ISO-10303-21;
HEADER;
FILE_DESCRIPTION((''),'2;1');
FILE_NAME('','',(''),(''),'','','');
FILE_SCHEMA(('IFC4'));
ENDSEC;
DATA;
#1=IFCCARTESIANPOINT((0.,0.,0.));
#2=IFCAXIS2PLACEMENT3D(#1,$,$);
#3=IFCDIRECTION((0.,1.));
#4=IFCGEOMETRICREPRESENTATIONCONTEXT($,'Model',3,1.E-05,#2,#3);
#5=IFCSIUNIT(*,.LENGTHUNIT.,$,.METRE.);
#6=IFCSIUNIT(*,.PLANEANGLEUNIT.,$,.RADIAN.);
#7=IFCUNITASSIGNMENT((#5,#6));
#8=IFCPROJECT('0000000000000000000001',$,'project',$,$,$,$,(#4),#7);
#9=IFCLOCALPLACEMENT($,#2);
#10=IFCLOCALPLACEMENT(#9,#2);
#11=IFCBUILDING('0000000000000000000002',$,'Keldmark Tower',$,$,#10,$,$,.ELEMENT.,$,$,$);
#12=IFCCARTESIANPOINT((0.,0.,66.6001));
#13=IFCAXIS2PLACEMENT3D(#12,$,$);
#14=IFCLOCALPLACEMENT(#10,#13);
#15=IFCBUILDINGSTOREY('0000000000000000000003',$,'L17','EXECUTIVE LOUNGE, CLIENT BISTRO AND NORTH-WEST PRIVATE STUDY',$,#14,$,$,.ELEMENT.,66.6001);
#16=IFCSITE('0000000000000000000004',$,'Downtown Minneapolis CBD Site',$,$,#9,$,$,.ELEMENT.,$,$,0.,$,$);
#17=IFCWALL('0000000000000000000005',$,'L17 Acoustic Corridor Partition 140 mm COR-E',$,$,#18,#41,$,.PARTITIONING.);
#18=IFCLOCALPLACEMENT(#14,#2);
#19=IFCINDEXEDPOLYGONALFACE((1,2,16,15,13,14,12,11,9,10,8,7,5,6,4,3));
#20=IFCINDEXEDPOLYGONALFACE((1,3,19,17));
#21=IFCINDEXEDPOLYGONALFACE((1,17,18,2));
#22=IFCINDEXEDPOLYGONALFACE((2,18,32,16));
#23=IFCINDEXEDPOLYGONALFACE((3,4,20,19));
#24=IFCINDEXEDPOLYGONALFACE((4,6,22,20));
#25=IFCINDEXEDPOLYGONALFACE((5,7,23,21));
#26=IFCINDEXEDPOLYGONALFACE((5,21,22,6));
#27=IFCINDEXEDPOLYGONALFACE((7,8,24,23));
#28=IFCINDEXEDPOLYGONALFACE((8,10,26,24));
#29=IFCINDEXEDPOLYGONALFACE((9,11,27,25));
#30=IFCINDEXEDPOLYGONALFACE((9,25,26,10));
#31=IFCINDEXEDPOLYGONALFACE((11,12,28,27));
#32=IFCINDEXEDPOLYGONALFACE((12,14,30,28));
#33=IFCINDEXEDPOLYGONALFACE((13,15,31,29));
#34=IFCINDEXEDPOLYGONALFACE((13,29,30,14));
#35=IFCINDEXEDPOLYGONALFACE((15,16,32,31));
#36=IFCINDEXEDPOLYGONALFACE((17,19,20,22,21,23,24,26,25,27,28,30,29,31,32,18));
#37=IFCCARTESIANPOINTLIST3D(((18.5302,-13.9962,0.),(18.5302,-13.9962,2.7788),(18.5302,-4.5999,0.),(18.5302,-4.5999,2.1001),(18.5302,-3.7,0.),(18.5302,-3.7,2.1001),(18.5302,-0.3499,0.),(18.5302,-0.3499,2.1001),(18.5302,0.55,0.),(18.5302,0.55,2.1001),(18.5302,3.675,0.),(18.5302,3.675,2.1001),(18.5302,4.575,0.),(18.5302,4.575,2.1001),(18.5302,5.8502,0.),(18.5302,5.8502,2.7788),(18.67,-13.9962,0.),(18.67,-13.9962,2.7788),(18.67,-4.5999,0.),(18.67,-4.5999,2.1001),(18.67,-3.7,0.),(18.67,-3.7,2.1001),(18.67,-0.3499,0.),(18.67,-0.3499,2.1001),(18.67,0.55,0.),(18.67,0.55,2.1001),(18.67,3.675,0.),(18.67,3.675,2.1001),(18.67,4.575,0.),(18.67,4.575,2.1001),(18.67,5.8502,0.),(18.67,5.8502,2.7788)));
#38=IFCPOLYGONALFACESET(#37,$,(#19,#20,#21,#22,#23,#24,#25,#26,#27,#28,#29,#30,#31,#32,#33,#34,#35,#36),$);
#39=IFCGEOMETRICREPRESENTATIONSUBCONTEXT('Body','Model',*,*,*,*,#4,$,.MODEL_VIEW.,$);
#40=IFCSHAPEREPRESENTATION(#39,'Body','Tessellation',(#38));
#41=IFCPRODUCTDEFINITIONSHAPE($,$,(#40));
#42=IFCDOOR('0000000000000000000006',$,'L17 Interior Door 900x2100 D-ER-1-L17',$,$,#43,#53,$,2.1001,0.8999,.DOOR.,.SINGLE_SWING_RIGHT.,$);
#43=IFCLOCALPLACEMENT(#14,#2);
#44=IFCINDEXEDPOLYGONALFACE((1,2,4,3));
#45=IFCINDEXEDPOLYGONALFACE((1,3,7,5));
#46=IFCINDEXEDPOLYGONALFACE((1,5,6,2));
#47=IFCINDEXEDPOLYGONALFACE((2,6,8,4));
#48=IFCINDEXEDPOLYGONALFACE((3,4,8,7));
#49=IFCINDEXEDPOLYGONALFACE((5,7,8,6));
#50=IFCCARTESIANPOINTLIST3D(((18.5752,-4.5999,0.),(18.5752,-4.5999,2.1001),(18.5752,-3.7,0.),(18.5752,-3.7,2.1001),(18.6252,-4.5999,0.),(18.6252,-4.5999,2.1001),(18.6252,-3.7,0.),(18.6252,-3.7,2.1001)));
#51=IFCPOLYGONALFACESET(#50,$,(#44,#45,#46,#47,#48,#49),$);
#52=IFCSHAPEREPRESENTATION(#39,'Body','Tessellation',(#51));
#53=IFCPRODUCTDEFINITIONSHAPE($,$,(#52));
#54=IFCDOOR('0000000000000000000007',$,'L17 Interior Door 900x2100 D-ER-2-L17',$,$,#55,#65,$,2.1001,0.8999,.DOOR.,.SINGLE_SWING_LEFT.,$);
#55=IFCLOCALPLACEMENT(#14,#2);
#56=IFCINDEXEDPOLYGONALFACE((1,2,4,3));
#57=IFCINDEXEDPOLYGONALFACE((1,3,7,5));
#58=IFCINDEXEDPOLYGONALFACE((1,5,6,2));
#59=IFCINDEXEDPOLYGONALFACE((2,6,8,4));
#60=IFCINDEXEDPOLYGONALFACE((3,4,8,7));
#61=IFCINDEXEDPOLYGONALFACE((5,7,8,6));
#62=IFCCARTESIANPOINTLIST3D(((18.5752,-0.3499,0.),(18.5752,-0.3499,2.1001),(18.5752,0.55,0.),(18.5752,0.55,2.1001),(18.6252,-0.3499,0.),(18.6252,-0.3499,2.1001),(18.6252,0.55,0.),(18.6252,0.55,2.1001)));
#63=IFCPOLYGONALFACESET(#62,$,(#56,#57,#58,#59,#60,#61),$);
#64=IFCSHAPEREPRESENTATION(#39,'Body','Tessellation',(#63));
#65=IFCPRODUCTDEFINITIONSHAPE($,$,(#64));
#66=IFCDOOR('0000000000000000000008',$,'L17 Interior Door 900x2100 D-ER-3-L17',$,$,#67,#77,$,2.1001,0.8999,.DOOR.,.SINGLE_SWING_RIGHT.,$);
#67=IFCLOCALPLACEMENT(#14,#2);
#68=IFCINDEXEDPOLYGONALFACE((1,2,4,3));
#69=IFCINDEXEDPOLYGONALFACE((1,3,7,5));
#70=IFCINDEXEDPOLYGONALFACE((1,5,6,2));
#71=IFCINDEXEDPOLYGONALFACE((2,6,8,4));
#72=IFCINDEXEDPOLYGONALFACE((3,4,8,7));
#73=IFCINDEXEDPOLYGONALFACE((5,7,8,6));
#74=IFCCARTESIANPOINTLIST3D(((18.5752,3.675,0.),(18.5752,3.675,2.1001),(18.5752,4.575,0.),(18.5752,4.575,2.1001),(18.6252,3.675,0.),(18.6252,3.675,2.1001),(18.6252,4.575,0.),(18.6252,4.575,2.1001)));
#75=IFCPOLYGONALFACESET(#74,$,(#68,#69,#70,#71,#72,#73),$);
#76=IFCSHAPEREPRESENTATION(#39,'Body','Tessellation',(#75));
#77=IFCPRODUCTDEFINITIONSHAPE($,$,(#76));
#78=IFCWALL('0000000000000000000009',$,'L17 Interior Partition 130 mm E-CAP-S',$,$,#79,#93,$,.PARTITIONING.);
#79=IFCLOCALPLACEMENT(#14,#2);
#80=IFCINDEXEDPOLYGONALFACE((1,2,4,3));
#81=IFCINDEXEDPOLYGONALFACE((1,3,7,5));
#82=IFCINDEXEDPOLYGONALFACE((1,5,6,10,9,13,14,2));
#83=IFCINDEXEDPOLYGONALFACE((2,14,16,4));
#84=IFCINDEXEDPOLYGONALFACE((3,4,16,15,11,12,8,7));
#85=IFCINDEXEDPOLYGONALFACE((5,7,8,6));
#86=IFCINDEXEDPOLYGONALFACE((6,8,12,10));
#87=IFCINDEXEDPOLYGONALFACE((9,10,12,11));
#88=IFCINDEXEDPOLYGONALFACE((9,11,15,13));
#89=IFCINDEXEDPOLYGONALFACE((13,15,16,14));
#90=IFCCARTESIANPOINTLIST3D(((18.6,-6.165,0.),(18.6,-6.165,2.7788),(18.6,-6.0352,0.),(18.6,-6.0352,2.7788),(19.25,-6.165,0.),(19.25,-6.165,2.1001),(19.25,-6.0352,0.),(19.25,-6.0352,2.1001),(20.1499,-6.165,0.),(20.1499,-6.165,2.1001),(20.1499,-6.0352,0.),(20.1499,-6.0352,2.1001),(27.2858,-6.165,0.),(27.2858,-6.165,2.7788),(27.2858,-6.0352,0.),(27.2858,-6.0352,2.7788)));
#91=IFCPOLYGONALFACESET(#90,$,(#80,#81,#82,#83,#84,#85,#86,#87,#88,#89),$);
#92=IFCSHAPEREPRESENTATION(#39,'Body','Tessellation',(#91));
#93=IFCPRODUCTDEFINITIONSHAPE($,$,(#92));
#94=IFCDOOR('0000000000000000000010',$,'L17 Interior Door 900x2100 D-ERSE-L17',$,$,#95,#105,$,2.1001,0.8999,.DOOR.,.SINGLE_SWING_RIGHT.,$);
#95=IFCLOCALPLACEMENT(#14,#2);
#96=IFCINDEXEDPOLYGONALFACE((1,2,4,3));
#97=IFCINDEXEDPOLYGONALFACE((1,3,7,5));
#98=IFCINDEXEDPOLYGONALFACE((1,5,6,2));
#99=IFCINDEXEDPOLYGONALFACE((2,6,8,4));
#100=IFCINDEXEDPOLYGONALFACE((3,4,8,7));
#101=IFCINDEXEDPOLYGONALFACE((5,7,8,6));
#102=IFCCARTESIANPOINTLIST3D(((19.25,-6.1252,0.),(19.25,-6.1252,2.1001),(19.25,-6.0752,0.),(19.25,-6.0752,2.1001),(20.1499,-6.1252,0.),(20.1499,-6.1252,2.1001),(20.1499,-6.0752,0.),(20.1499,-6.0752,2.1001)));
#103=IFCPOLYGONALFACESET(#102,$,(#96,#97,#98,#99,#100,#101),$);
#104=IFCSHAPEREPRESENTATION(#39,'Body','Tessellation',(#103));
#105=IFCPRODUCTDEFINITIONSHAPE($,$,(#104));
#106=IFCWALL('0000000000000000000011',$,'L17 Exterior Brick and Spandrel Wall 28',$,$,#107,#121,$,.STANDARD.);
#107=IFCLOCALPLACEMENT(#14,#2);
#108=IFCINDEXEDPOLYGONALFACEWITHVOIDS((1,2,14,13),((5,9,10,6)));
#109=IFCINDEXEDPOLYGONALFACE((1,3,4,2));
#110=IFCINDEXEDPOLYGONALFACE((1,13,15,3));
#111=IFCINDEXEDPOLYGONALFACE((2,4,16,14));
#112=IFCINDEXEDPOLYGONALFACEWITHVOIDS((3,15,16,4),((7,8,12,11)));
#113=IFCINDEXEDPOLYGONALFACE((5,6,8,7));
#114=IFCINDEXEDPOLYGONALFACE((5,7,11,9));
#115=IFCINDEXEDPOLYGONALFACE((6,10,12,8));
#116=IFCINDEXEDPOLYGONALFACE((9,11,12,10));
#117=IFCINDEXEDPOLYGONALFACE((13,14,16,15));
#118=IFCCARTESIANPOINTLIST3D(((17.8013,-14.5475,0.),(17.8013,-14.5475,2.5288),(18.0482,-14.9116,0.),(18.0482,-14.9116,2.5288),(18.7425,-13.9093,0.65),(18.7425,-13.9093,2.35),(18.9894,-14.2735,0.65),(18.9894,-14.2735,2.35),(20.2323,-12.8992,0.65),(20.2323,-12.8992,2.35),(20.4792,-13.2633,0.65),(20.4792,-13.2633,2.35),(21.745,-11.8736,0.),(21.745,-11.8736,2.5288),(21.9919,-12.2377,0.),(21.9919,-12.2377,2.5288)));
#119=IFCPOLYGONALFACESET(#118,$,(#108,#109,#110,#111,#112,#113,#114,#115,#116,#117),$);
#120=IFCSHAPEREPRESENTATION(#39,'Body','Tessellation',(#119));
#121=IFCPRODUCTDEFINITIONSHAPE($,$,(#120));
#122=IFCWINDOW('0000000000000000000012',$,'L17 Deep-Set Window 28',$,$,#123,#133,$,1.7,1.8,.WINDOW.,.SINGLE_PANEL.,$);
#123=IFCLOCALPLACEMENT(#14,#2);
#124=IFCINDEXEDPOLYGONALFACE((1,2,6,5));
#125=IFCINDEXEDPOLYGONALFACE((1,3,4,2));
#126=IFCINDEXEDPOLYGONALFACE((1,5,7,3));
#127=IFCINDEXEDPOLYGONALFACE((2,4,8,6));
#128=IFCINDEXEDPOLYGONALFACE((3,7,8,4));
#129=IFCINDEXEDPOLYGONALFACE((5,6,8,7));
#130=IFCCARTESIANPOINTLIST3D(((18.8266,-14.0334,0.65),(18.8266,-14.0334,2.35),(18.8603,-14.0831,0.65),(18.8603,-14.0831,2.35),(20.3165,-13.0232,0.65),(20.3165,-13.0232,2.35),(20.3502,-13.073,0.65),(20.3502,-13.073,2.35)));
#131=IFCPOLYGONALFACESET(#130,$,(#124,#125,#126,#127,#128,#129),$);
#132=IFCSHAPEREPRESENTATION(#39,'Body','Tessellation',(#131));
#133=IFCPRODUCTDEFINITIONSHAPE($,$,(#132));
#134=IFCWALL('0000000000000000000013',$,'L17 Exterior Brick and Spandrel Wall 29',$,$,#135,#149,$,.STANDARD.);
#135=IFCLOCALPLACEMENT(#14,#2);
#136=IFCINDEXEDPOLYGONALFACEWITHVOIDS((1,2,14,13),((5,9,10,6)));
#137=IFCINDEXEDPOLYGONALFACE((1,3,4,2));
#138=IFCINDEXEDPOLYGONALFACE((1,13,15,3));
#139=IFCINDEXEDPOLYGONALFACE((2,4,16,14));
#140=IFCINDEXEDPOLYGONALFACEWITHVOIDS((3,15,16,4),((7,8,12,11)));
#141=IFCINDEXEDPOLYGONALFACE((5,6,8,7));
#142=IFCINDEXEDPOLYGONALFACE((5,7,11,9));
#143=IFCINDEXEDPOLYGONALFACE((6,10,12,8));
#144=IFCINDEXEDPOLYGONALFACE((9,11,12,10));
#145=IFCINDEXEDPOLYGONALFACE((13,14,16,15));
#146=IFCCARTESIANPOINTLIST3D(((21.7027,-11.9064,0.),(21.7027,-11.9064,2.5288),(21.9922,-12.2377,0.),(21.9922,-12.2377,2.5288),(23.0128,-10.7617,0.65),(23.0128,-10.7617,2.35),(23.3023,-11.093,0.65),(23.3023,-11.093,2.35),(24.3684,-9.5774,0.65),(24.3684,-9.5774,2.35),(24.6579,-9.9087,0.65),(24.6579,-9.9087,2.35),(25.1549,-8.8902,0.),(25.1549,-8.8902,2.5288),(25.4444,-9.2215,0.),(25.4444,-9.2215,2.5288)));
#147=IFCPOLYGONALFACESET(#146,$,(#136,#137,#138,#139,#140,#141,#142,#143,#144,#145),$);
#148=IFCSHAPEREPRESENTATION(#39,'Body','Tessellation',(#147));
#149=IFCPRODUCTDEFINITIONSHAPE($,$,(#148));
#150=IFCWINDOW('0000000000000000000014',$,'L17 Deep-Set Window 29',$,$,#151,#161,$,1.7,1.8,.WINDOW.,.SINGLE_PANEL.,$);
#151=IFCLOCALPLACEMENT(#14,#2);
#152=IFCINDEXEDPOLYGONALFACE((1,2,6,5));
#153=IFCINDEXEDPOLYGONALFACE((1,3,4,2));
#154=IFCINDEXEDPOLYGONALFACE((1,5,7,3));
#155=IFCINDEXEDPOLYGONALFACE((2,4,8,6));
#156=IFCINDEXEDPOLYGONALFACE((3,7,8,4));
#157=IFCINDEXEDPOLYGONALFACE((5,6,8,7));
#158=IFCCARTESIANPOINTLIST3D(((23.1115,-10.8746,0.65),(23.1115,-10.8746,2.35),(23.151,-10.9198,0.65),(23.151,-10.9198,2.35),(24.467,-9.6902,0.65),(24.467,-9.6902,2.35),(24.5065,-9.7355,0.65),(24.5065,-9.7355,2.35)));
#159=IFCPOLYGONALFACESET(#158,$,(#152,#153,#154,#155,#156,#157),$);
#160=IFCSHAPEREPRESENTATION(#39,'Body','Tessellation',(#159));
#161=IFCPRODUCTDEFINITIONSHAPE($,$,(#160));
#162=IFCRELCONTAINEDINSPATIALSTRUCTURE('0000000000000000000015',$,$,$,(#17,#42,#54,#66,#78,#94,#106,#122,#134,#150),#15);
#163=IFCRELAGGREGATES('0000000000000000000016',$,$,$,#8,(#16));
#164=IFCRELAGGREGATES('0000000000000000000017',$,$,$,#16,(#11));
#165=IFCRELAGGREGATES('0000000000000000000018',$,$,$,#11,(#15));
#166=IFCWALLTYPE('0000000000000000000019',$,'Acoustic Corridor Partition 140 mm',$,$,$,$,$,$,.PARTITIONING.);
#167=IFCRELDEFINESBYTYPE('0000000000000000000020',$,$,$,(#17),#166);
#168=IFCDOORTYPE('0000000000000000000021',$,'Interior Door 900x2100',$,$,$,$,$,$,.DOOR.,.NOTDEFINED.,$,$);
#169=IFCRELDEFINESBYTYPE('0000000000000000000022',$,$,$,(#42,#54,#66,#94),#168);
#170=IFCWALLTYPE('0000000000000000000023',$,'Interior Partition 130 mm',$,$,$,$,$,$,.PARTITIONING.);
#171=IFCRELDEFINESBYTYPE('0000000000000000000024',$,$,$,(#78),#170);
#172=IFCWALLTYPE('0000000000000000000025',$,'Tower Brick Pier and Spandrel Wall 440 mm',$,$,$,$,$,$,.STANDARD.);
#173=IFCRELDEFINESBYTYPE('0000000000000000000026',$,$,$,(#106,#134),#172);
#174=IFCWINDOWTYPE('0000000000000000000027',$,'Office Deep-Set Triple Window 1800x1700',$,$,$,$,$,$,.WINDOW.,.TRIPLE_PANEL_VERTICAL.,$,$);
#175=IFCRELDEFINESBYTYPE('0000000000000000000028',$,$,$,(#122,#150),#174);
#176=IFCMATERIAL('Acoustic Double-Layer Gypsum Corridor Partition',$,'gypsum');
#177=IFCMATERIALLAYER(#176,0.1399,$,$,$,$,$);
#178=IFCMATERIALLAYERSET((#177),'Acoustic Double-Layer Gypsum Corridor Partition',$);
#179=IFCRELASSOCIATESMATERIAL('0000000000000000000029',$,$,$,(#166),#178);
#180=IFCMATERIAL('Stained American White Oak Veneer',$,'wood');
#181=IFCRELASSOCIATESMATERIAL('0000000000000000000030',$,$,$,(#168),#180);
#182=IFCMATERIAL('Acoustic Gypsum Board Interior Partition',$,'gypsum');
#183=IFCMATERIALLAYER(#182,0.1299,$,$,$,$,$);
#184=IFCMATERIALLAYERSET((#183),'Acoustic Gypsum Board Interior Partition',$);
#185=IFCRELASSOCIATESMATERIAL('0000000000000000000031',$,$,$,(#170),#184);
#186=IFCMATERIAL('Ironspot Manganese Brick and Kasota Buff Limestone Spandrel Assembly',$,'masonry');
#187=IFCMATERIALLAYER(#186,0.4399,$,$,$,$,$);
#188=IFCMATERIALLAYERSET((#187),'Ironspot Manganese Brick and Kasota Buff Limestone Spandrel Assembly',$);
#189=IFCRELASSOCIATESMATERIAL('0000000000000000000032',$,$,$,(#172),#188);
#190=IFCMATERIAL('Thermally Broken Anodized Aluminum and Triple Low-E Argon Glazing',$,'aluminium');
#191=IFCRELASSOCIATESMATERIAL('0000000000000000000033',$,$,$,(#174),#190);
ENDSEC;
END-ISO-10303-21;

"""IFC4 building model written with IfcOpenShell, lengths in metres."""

from ifc_helpers import new_model, si_unit, direction, frame, frame_2d, origin, place, context, subcontext, project, spatial, rectangle, extrude, material, layer, layer_set, type_object, element, fill, save


model = new_model("IFC4")

# Units and contexts
model_context = context("Model", 3, precision=1e-05, world=origin(), true_north=direction((0.0, 1.0)))
body_context = subcontext(model_context, "Body", "Model", "MODEL_VIEW")
ifc_project = project(units=[si_unit("LENGTHUNIT", "METRE"), si_unit("PLANEANGLEUNIT", "RADIAN")], contexts=[model_context])

# Site, building, storey
site_placement = place(None, origin())
site = spatial("IfcSite", under=ifc_project, at=site_placement, Name="Downtown Minneapolis CBD Site", CompositionType="ELEMENT", RefElevation=0.0)
building_placement = place(site_placement, origin())
building = spatial("IfcBuilding", under=site, at=building_placement, Name="Keldmark Tower", CompositionType="ELEMENT")
storey_placement = place(building_placement, frame((0.0, 0.0, 66.6001)))
storey = spatial("IfcBuildingStorey", under=building, at=storey_placement, Name="L17", Description="EXECUTIVE LOUNGE, CLIENT BISTRO AND NORTH-WEST PRIVATE STUDY", CompositionType="ELEMENT", Elevation=66.6001)

# Wall, openings, doors
ifc_material_1 = material(Name="Acoustic Double-Layer Gypsum Corridor Partition", Category="gypsum")
ifc_layer_1 = layer(ifc_material_1, 0.1399)
ifc_layer_set_1 = layer_set([ifc_layer_1], Name="Acoustic Double-Layer Gypsum Corridor Partition")
wall_type_1 = type_object("IfcWallType", Name="Acoustic Corridor Partition 140 mm", PredefinedType="PARTITIONING", material=ifc_layer_set_1)
wall_1_placement = place(storey_placement, frame((18.6001, -13.9963, 0.0), z_axis=(0.0, 0.0, 1.0), x_axis=(0.0, 1.0, 0.0)))
wall_1 = element("IfcWall", 1, at=wall_1_placement, inside=storey, type_object=wall_type_1, Name="L17 Acoustic Corridor Partition 140 mm COR-E", PredefinedType="PARTITIONING", context=body_context, shape_type="SweptSolid", body=[
    extrude(rectangle(XDim=19.8464, YDim=0.1399, at=frame_2d((9.9233, 0.0))), origin(), (0.0, 0.0, 1.0), 2.7788),
])
opening_1_placement = place(wall_1_placement, frame((9.3965, 0.0, 0.0)))
opening_1 = element("IfcOpeningElement", 2, at=opening_1_placement, cuts=wall_1, PredefinedType="OPENING", context=body_context, shape_type="SweptSolid", body=[
    extrude(rectangle(XDim=0.8999, YDim=2.1001, at=frame_2d((0.45, 1.05))), frame((0.0, 0.0798, 0.0), z_axis=(0.0, -1.0, 0.0), x_axis=(1.0, 0.0, 0.0)), (0.0, 0.0, 1.0), 0.1599),
])
opening_2_placement = place(wall_1_placement, frame((13.6465, 0.0, 0.0)))
opening_2 = element("IfcOpeningElement", 3, at=opening_2_placement, cuts=wall_1, PredefinedType="OPENING", context=body_context, shape_type="SweptSolid", body=[
    extrude(rectangle(XDim=0.8999, YDim=2.1001, at=frame_2d((0.45, 1.05))), frame((0.0, 0.0798, 0.0), z_axis=(0.0, -1.0, 0.0), x_axis=(1.0, 0.0, 0.0)), (0.0, 0.0, 1.0), 0.1599),
])
opening_3_placement = place(wall_1_placement, frame((17.6714, 0.0, 0.0)))
opening_3 = element("IfcOpeningElement", 4, at=opening_3_placement, cuts=wall_1, PredefinedType="OPENING", context=body_context, shape_type="SweptSolid", body=[
    extrude(rectangle(XDim=0.8999, YDim=2.1001, at=frame_2d((0.45, 1.05))), frame((0.0, 0.0798, 0.0), z_axis=(0.0, -1.0, 0.0), x_axis=(1.0, 0.0, 0.0)), (0.0, 0.0, 1.0), 0.1599),
])
ifc_material_2 = material(Name="Stained American White Oak Veneer", Category="wood")
door_type = type_object("IfcDoorType", Name="Interior Door 900x2100", OperationType="NOTDEFINED", PredefinedType="DOOR", material=ifc_material_2)
door_1_placement = place(opening_1_placement, origin())
door_1 = element("IfcDoor", 5, at=door_1_placement, inside=storey, type_object=door_type, Name="L17 Interior Door 900x2100 D-ER-1-L17", OperationType="SINGLE_SWING_RIGHT", OverallHeight=2.1001, OverallWidth=0.8999, PredefinedType="DOOR", context=body_context, shape_type="SweptSolid", body=[
    extrude(rectangle(XDim=0.8999, YDim=2.1001, at=frame_2d((0.45, 1.05))), frame((0.0, 0.0249, 0.0), z_axis=(0.0, -1.0, 0.0), x_axis=(1.0, 0.0, 0.0)), (0.0, 0.0, 1.0), 0.05),
])
fill(opening_1, door_1)
door_2_placement = place(opening_2_placement, origin())
door_2 = element("IfcDoor", 6, at=door_2_placement, inside=storey, type_object=door_type, Name="L17 Interior Door 900x2100 D-ER-2-L17", OperationType="SINGLE_SWING_LEFT", OverallHeight=2.1001, OverallWidth=0.8999, PredefinedType="DOOR", context=body_context, shape_type="SweptSolid", body=[
    extrude(rectangle(XDim=0.8999, YDim=2.1001, at=frame_2d((0.45, 1.05))), frame((0.0, 0.0249, 0.0), z_axis=(0.0, -1.0, 0.0), x_axis=(1.0, 0.0, 0.0)), (0.0, 0.0, 1.0), 0.05),
])
fill(opening_2, door_2)
door_3_placement = place(opening_3_placement, origin())
door_3 = element("IfcDoor", 7, at=door_3_placement, inside=storey, type_object=door_type, Name="L17 Interior Door 900x2100 D-ER-3-L17", OperationType="SINGLE_SWING_RIGHT", OverallHeight=2.1001, OverallWidth=0.8999, PredefinedType="DOOR", context=body_context, shape_type="SweptSolid", body=[
    extrude(rectangle(XDim=0.8999, YDim=2.1001, at=frame_2d((0.45, 1.05))), frame((0.0, 0.0249, 0.0), z_axis=(0.0, -1.0, 0.0), x_axis=(1.0, 0.0, 0.0)), (0.0, 0.0, 1.0), 0.05),
])
fill(opening_3, door_3)

# Wall, opening, door
ifc_material_3 = material(Name="Acoustic Gypsum Board Interior Partition", Category="gypsum")
ifc_layer_2 = layer(ifc_material_3, 0.1299)
ifc_layer_set_2 = layer_set([ifc_layer_2], Name="Acoustic Gypsum Board Interior Partition")
wall_type_2 = type_object("IfcWallType", Name="Interior Partition 130 mm", PredefinedType="PARTITIONING", material=ifc_layer_set_2)
wall_2_placement = place(storey_placement, frame((18.6001, -6.1001, 0.0), z_axis=(0.0, 0.0, 1.0), x_axis=(1.0, 0.0, 0.0)))
wall_2 = element("IfcWall", 8, at=wall_2_placement, inside=storey, type_object=wall_type_2, Name="L17 Interior Partition 130 mm E-CAP-S", PredefinedType="PARTITIONING", context=body_context, shape_type="SweptSolid", body=[
    extrude(rectangle(XDim=8.6858, YDim=0.1299, at=frame_2d((4.3428, 0.0))), origin(), (0.0, 0.0, 1.0), 2.7788),
])
opening_4_placement = place(wall_2_placement, frame((0.6499, 0.0, 0.0)))
opening_4 = element("IfcOpeningElement", 9, at=opening_4_placement, cuts=wall_2, PredefinedType="OPENING", context=body_context, shape_type="SweptSolid", body=[
    extrude(rectangle(XDim=0.8999, YDim=2.1001, at=frame_2d((0.45, 1.05))), frame((0.0, 0.075, 0.0), z_axis=(0.0, -1.0, 0.0), x_axis=(1.0, 0.0, 0.0)), (0.0, 0.0, 1.0), 0.1499),
])
door_4_placement = place(opening_4_placement, origin())
door_4 = element("IfcDoor", 10, at=door_4_placement, inside=storey, type_object=door_type, Name="L17 Interior Door 900x2100 D-ERSE-L17", OperationType="SINGLE_SWING_RIGHT", OverallHeight=2.1001, OverallWidth=0.8999, PredefinedType="DOOR", context=body_context, shape_type="SweptSolid", body=[
    extrude(rectangle(XDim=0.8999, YDim=2.1001, at=frame_2d((0.45, 1.05))), frame((0.0, 0.0249, 0.0), z_axis=(0.0, -1.0, 0.0), x_axis=(1.0, 0.0, 0.0)), (0.0, 0.0, 1.0), 0.05),
])
fill(opening_4, door_4)

# Walls, openings, windows
ifc_material_4 = material(Name="Ironspot Manganese Brick and Kasota Buff Limestone Spandrel Assembly", Category="masonry")
ifc_layer_3 = layer(ifc_material_4, 0.4399)
ifc_layer_set_3 = layer_set([ifc_layer_3], Name="Ironspot Manganese Brick and Kasota Buff Limestone Spandrel Assembly")
wall_type_3 = type_object("IfcWallType", Name="Tower Brick Pier and Spandrel Wall 440 mm", PredefinedType="STANDARD", material=ifc_layer_set_3)
wall_3_placement = place(storey_placement, frame((21.8684, -12.0557, 0.0), z_axis=(0.0, 0.0, 1.0), x_axis=(-0.827689, -0.561187, 0.0)))
wall_3 = element("IfcWall", 11, at=wall_3_placement, inside=storey, type_object=wall_type_3, Name="L17 Exterior Brick and Spandrel Wall 28", PredefinedType="STANDARD", context=body_context, shape_type="SweptSolid", body=[
    extrude(rectangle(XDim=4.7646, YDim=0.4399, at=frame_2d((2.3823, 0.0))), origin(), (0.0, 0.0, 1.0), 2.5288),
])
opening_5_placement = place(wall_3_placement, frame((1.8276, 0.0, 0.6499)))
opening_5 = element("IfcOpeningElement", 12, at=opening_5_placement, cuts=wall_3, PredefinedType="OPENING", context=body_context, shape_type="SweptSolid", body=[
    extrude(rectangle(XDim=1.8, YDim=1.7, at=frame_2d((0.8999, 0.8501))), frame((0.0, 0.23, 0.0), z_axis=(0.0, -1.0, 0.0), x_axis=(1.0, 0.0, 0.0)), (0.0, 0.0, 1.0), 0.46),
])
ifc_material_5 = material(Name="Thermally Broken Anodized Aluminum and Triple Low-E Argon Glazing", Category="aluminium")
window_type = type_object("IfcWindowType", Name="Office Deep-Set Triple Window 1800x1700", PartitioningType="TRIPLE_PANEL_VERTICAL", PredefinedType="WINDOW", material=ifc_material_5)
window_1_placement = place(opening_5_placement, origin())
window_1 = element("IfcWindow", 13, at=window_1_placement, inside=storey, type_object=window_type, Name="L17 Deep-Set Window 28", OverallHeight=1.7, OverallWidth=1.8, PartitioningType="SINGLE_PANEL", PredefinedType="WINDOW", context=body_context, shape_type="SweptSolid", body=[
    extrude(rectangle(XDim=1.8, YDim=1.7, at=frame_2d((0.8999, 0.8501))), frame((0.0, -0.01, 0.0), z_axis=(0.0, -1.0, 0.0), x_axis=(1.0, 0.0, 0.0)), (0.0, 0.0, 1.0), 0.0601),
])
fill(opening_5, window_1)
wall_4_placement = place(storey_placement, frame((25.2996, -9.0559, 0.0), z_axis=(0.0, 0.0, 1.0), x_axis=(-0.753065, -0.657946, 0.0)))
wall_4 = element("IfcWall", 14, at=wall_4_placement, inside=storey, type_object=wall_type_3, Name="L17 Exterior Brick and Spandrel Wall 29", PredefinedType="STANDARD", context=body_context, shape_type="SweptSolid", body=[
    extrude(rectangle(XDim=4.5842, YDim=0.4399, at=frame_2d((2.292, 0.0))), origin(), (0.0, 0.0, 1.0), 2.5288),
])
opening_6_placement = place(wall_4_placement, frame((1.0444, 0.0, 0.6499)))
opening_6 = element("IfcOpeningElement", 15, at=opening_6_placement, cuts=wall_4, PredefinedType="OPENING", context=body_context, shape_type="SweptSolid", body=[
    extrude(rectangle(XDim=1.8, YDim=1.7, at=frame_2d((0.8999, 0.8501))), frame((0.0, 0.23, 0.0), z_axis=(0.0, -1.0, 0.0), x_axis=(1.0, 0.0, 0.0)), (0.0, 0.0, 1.0), 0.46),
])
window_2_placement = place(opening_6_placement, origin())
window_2 = element("IfcWindow", 16, at=window_2_placement, inside=storey, type_object=window_type, Name="L17 Deep-Set Window 29", OverallHeight=1.7, OverallWidth=1.8, PartitioningType="SINGLE_PANEL", PredefinedType="WINDOW", context=body_context, shape_type="SweptSolid", body=[
    extrude(rectangle(XDim=1.8, YDim=1.7, at=frame_2d((0.8999, 0.8501))), frame((0.0, -0.01, 0.0), z_axis=(0.0, -1.0, 0.0), x_axis=(1.0, 0.0, 0.0)), (0.0, 0.0, 1.0), 0.0601),
])
fill(opening_6, window_2)

save(model, "model.ifc")
